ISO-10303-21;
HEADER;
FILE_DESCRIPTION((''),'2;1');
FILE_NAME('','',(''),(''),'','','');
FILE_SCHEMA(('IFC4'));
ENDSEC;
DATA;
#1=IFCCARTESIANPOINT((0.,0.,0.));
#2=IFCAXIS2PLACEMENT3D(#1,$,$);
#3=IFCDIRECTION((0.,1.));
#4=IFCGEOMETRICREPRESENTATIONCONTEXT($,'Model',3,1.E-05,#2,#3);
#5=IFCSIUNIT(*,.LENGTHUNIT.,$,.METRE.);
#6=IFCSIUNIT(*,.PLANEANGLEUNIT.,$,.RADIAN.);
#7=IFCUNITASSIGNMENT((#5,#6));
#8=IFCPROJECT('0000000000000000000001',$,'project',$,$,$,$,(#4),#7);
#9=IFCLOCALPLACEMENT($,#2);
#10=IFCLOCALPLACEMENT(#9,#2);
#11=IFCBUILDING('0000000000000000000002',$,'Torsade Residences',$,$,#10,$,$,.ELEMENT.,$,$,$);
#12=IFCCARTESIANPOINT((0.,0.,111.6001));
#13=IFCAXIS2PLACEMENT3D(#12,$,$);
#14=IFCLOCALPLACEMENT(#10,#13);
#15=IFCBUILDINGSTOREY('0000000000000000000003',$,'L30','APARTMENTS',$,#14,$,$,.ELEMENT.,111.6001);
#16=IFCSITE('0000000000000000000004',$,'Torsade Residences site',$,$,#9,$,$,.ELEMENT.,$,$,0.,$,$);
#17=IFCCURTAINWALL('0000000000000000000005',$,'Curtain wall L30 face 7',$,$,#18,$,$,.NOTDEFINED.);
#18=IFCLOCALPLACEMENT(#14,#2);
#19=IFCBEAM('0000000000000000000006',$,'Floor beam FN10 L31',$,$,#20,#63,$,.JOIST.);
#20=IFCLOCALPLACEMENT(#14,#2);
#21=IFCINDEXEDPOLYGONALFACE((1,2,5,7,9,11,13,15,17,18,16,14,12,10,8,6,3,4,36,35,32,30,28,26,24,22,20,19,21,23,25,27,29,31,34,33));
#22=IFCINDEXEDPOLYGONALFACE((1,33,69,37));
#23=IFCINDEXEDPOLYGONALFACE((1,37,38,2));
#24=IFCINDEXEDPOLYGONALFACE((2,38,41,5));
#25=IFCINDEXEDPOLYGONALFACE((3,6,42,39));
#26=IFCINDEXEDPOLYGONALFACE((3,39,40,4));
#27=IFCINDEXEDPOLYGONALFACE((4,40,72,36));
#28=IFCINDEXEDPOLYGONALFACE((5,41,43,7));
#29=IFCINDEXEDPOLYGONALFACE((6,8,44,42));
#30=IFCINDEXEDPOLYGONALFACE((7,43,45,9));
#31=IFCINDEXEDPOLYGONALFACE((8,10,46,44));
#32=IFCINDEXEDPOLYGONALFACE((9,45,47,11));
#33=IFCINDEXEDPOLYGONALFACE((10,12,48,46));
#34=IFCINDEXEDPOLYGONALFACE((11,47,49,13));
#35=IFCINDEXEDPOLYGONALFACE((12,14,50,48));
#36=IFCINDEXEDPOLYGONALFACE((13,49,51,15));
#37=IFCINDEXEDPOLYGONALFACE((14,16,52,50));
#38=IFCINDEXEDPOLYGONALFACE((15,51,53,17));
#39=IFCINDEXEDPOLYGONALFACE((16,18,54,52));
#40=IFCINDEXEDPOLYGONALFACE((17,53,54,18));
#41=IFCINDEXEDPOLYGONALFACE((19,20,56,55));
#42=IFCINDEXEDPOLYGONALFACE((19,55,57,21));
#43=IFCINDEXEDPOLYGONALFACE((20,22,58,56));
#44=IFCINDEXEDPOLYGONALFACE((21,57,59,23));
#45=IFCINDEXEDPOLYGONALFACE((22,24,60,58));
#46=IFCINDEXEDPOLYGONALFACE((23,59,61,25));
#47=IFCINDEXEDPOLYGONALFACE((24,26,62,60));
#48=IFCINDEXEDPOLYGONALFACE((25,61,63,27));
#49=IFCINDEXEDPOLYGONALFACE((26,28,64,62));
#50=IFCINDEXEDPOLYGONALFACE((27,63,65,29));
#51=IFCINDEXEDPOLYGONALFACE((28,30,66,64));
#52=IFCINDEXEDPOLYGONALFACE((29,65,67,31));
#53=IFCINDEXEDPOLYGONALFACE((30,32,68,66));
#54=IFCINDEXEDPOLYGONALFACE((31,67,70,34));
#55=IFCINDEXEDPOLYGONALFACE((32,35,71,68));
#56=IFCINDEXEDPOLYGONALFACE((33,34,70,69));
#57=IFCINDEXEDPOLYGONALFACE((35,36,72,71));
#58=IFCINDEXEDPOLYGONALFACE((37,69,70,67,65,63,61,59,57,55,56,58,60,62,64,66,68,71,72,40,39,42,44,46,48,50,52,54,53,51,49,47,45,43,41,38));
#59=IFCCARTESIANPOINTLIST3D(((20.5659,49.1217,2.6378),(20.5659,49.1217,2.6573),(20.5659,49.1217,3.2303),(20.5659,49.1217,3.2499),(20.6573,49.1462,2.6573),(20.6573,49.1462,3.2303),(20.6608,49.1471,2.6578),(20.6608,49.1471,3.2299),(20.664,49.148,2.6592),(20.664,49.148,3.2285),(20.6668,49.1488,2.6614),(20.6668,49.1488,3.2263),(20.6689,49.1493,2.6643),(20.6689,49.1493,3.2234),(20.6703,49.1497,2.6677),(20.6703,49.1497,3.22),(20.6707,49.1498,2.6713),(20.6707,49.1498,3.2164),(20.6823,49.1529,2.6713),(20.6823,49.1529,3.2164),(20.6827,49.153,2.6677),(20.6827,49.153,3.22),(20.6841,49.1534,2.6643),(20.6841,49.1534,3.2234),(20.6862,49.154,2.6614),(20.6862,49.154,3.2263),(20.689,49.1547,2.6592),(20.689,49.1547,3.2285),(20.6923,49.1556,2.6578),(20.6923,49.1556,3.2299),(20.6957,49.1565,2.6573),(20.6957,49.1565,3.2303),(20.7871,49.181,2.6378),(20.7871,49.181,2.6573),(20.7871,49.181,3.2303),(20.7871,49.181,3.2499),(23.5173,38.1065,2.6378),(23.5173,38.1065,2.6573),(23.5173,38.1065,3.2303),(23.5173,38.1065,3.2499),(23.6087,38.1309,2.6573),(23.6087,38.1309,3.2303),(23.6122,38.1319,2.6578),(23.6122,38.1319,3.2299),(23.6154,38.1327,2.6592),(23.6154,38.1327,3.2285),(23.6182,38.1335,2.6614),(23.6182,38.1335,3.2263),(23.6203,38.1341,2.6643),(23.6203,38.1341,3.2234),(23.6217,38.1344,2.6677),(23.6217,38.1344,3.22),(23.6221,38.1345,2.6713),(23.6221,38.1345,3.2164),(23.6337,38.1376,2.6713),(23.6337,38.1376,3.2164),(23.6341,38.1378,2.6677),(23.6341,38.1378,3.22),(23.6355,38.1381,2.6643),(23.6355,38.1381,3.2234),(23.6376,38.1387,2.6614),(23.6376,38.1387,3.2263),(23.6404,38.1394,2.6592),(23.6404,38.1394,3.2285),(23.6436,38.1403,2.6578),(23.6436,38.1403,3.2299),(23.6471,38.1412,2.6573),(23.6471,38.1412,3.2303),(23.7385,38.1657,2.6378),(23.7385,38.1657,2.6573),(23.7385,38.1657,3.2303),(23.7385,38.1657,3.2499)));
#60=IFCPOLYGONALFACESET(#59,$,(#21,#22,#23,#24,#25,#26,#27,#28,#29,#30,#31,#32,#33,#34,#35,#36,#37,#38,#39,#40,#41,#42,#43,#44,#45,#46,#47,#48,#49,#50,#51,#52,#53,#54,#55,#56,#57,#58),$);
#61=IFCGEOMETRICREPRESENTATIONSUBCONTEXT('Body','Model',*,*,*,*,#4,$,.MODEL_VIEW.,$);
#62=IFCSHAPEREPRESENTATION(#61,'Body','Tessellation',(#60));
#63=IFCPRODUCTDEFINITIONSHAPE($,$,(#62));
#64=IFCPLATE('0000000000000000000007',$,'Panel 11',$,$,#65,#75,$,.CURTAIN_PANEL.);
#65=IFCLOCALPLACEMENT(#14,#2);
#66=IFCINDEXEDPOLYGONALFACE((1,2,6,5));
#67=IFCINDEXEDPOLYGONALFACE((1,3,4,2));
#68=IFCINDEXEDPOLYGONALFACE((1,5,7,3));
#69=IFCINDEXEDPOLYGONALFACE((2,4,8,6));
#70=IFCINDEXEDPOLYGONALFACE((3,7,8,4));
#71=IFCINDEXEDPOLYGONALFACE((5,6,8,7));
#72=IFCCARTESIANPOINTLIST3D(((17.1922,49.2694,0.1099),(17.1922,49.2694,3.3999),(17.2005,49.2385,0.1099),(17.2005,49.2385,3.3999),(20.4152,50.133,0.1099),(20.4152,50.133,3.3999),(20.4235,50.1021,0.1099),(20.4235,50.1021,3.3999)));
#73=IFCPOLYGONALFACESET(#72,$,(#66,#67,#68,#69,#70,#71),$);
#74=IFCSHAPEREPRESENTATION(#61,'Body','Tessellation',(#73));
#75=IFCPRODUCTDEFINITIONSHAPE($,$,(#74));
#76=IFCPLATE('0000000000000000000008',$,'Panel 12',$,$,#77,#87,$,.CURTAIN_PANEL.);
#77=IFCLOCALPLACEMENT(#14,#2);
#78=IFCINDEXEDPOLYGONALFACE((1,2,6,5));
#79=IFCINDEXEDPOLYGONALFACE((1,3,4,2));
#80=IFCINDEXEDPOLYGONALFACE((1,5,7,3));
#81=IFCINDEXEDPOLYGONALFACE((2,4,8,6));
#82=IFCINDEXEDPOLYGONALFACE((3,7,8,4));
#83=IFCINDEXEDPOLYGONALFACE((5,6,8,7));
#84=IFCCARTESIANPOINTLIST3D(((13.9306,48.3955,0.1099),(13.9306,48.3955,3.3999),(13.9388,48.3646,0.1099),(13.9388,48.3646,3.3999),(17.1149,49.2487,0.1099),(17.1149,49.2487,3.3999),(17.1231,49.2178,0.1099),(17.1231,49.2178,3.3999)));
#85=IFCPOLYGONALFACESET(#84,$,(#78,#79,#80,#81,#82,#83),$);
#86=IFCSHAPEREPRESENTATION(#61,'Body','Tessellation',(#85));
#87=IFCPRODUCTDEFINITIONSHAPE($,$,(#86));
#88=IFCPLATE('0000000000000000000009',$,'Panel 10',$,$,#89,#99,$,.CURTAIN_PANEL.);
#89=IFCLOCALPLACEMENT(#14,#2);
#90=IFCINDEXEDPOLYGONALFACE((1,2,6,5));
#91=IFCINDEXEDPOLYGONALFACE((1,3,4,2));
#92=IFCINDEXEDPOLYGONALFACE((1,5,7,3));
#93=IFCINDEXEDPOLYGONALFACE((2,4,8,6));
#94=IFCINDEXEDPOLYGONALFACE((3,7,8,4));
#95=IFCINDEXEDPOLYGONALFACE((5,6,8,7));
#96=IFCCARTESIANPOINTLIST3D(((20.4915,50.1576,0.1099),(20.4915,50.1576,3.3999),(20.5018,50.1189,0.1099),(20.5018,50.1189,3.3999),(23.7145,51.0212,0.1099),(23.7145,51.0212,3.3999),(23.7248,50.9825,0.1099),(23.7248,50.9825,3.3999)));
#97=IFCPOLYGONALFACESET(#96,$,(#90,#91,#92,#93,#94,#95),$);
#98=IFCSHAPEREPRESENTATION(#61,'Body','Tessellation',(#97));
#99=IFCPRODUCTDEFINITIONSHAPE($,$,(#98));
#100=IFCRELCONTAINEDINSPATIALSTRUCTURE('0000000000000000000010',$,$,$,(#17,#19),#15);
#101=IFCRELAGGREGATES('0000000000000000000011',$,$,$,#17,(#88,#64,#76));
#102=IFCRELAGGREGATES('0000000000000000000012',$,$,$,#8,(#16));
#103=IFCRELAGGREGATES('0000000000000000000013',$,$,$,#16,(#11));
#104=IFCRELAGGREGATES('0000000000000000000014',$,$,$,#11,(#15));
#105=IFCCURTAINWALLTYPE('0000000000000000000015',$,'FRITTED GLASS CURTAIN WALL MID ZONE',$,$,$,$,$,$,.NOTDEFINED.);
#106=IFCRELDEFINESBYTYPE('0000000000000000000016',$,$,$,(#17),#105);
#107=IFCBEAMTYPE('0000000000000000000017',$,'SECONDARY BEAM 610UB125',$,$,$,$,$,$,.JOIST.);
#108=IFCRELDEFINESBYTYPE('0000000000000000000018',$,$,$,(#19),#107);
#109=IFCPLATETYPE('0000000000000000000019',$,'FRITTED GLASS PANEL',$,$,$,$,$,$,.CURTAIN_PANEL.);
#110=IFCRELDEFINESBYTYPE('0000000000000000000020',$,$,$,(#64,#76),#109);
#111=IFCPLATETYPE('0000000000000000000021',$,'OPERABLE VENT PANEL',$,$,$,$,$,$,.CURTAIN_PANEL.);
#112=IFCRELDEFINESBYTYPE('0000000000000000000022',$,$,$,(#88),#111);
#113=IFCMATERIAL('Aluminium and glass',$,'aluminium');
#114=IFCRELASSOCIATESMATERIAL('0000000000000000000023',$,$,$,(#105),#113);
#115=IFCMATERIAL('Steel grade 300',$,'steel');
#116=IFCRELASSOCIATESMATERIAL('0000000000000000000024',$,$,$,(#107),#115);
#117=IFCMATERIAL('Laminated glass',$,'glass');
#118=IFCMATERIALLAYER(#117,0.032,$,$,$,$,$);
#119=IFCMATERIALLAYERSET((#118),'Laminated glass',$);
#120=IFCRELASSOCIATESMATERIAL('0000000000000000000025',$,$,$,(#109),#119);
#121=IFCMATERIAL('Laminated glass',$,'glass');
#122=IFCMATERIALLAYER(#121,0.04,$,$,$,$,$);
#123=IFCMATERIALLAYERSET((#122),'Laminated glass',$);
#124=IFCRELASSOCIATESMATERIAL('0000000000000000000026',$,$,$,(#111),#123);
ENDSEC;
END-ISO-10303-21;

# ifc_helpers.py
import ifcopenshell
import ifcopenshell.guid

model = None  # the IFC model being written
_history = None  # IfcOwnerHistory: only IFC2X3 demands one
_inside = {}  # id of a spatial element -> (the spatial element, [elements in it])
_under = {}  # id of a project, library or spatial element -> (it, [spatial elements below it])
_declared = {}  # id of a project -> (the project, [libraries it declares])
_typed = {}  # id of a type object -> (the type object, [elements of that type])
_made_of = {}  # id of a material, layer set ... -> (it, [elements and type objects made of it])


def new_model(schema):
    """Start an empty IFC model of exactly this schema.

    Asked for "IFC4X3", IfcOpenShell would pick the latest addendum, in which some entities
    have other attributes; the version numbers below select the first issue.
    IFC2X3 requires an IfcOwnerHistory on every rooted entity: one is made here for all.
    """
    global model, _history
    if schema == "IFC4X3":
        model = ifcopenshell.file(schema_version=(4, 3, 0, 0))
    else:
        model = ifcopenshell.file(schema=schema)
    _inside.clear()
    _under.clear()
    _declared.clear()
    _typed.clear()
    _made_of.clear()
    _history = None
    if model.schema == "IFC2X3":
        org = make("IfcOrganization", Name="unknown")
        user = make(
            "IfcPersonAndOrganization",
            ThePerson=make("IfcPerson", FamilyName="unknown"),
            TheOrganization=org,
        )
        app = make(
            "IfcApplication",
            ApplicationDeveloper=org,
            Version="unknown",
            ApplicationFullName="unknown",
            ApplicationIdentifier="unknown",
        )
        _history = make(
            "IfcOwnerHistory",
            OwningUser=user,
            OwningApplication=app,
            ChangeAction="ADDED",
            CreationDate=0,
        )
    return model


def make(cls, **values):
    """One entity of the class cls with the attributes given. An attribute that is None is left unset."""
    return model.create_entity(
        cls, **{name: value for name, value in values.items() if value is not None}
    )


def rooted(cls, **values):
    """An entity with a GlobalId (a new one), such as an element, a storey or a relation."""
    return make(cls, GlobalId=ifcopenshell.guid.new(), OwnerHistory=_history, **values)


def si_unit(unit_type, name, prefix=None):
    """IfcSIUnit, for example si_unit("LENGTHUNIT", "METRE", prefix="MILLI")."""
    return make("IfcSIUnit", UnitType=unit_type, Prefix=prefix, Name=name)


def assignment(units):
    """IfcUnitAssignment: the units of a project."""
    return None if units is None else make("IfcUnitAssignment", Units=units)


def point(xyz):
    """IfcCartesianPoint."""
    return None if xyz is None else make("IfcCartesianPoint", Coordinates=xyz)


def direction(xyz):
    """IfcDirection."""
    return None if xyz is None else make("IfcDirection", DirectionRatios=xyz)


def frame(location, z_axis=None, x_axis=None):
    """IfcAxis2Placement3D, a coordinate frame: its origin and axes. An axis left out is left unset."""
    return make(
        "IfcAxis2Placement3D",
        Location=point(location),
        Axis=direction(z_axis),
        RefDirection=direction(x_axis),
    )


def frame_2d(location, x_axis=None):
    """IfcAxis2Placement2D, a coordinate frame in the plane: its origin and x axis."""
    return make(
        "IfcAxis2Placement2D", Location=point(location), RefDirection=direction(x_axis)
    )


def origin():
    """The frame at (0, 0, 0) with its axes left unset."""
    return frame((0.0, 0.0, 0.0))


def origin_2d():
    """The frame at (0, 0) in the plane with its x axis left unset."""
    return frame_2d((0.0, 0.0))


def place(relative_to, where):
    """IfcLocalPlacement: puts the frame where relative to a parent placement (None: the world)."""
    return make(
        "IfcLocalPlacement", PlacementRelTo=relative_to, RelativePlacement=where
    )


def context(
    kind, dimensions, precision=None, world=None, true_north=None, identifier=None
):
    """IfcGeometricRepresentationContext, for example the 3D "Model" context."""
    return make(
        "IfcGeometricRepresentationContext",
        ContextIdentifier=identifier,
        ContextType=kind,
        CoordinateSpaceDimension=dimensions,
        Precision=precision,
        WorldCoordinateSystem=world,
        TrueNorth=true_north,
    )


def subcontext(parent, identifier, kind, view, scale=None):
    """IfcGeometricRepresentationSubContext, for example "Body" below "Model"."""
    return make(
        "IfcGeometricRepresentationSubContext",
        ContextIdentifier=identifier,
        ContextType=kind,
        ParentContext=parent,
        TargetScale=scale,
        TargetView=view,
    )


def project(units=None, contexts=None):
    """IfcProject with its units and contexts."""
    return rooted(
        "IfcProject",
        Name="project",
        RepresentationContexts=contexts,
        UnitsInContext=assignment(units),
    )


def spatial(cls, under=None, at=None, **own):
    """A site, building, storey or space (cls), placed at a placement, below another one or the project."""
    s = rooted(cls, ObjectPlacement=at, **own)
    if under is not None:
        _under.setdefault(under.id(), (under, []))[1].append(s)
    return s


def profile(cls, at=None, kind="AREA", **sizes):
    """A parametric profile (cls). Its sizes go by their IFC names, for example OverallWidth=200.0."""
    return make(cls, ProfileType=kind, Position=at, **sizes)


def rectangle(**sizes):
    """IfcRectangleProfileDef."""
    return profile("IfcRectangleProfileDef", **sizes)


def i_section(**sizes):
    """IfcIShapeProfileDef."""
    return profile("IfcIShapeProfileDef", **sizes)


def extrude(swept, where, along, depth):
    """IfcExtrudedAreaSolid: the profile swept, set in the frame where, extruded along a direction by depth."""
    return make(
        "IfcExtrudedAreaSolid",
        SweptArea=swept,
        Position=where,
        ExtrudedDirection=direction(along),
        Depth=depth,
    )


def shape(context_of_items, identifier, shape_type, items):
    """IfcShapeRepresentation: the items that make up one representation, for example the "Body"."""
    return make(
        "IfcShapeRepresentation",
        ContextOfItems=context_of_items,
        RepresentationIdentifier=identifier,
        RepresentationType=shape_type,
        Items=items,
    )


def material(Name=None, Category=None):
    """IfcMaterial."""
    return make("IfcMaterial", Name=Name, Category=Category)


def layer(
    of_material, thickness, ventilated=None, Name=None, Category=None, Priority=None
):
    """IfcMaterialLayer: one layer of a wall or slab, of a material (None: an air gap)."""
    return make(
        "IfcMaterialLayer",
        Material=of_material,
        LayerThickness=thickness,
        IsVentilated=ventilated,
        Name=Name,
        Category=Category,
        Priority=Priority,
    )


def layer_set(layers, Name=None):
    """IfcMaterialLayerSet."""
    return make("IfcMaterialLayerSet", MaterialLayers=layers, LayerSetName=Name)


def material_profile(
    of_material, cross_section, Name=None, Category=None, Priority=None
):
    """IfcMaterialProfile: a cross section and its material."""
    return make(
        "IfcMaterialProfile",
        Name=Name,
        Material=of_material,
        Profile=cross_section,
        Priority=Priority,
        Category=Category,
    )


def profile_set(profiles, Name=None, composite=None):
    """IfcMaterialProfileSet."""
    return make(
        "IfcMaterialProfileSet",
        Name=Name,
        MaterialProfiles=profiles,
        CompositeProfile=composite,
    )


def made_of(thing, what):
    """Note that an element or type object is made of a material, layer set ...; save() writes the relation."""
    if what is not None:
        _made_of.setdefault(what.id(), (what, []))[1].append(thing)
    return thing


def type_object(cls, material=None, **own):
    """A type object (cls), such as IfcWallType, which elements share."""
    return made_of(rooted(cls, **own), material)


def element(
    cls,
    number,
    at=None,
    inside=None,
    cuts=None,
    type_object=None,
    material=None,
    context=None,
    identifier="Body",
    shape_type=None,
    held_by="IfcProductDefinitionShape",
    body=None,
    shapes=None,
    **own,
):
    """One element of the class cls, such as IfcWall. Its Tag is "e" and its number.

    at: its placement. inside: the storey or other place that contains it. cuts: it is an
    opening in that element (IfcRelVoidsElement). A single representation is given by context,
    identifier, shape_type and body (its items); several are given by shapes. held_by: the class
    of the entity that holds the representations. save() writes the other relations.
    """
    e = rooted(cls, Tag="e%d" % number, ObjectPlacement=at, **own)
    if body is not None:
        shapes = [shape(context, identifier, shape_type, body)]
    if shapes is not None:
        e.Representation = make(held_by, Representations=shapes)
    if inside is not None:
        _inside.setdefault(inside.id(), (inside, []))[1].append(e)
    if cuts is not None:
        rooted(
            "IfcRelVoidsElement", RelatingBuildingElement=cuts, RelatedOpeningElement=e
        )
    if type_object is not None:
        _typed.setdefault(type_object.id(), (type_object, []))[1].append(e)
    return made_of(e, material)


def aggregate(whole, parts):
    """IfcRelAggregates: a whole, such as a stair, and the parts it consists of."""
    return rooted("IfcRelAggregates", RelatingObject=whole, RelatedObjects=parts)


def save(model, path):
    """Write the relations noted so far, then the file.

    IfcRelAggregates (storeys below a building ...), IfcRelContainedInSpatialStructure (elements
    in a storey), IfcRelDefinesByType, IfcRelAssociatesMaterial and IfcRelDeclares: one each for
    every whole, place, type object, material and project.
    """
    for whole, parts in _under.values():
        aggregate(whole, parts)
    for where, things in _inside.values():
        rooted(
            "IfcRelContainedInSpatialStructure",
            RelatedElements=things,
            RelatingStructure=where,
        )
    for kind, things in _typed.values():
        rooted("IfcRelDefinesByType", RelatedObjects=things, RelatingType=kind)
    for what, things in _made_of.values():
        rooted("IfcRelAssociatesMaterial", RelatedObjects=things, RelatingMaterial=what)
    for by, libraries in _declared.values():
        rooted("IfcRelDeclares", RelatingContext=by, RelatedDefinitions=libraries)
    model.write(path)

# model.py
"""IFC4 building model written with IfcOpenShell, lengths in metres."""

from ifc_helpers import new_model, si_unit, direction, frame, origin, origin_2d, place, context, subcontext, project, spatial, rectangle, i_section, extrude, material, layer, layer_set, material_profile, profile_set, type_object, element, aggregate, save


model = new_model("IFC4")

# Units and contexts
model_context = context("Model", 3, precision=1e-05, world=origin(), true_north=direction((0.0, 1.0)))
body_context = subcontext(model_context, "Body", "Model", "MODEL_VIEW")
ifc_project = project(units=[si_unit("LENGTHUNIT", "METRE"), si_unit("PLANEANGLEUNIT", "RADIAN")], contexts=[model_context])

# Site, building, storey
site_placement = place(None, origin())
site = spatial("IfcSite", under=ifc_project, at=site_placement, Name="Torsade Residences site", CompositionType="ELEMENT", RefElevation=0.0)
building_placement = place(site_placement, origin())
building = spatial("IfcBuilding", under=site, at=building_placement, Name="Torsade Residences", CompositionType="ELEMENT")
storey_placement = place(building_placement, frame((0.0, 0.0, 111.6001)))
storey = spatial("IfcBuildingStorey", under=building, at=storey_placement, Name="L30", Description="APARTMENTS", CompositionType="ELEMENT", Elevation=111.6001)

# Curtain wall
ifc_material_1 = material(Name="Aluminium and glass", Category="aluminium")
curtain_wall_type = type_object("IfcCurtainWallType", Name="FRITTED GLASS CURTAIN WALL MID ZONE", PredefinedType="NOTDEFINED", material=ifc_material_1)
curtain_wall_placement = place(storey_placement, origin())
curtain_wall = element("IfcCurtainWall", 1, at=curtain_wall_placement, inside=storey, type_object=curtain_wall_type, Name="Curtain wall L30 face 7", PredefinedType="NOTDEFINED")

# Beam
ifc_material_2 = material(Name="Steel grade 300", Category="steel")
ifc_material_profile_1 = material_profile(ifc_material_2, i_section(OverallWidth=0.229, OverallDepth=0.6121, WebThickness=0.012, FlangeThickness=0.0195, FilletRadius=0.0139, at=origin_2d()), Name="610UB125")
ifc_profile_set_1 = profile_set([ifc_material_profile_1], Name="Steel grade 300")
beam_type_1 = type_object("IfcBeamType", Name="SECONDARY BEAM 610UB125", PredefinedType="JOIST", material=ifc_profile_set_1)
beam_1_placement = place(storey_placement, frame((20.6765, 49.1514, 2.9438), z_axis=(0.258807, -0.965929, 0.0), x_axis=(0.965929, 0.258807, 0.0)))
element("IfcBeam", 2, at=beam_1_placement, inside=storey, type_object=beam_type_1, Name="Floor beam FN10 L31", PredefinedType="JOIST", context=body_context, shape_type="SweptSolid", body=[
    extrude(i_section(OverallWidth=0.229, OverallDepth=0.6121, WebThickness=0.012, FlangeThickness=0.0195, FilletRadius=0.0139, at=origin_2d()), origin(), (0.0, 0.0, 1.0), 11.4038),
])

# Plates
ifc_material_3 = material(Name="Laminated glass", Category="glass")
ifc_layer_1 = layer(ifc_material_3, 0.032)
ifc_layer_set_1 = layer_set([ifc_layer_1], Name="Laminated glass")
plate_type_1 = type_object("IfcPlateType", Name="FRITTED GLASS PANEL", PredefinedType="CURTAIN_PANEL", material=ifc_layer_set_1)
plate_1_placement = place(storey_placement, frame((18.8079, 49.6858, 0.1099), z_axis=(0.0, 0.0, 1.0), x_axis=(-0.965926, -0.258819, 0.0)))
plate_1 = element("IfcPlate", 3, at=plate_1_placement, type_object=plate_type_1, Name="Panel 11", PredefinedType="CURTAIN_PANEL", context=body_context, shape_type="SweptSolid", body=[
    extrude(rectangle(XDim=3.3367, YDim=0.032, at=origin_2d()), origin(), (0.0, 0.0, 1.0), 3.29),
])
plate_2_placement = place(storey_placement, frame((15.5269, 48.8066, 0.1099), z_axis=(0.0, 0.0, 1.0), x_axis=(-0.965926, -0.258819, 0.0)))
plate_2 = element("IfcPlate", 4, at=plate_2_placement, type_object=plate_type_1, Name="Panel 12", PredefinedType="CURTAIN_PANEL", context=body_context, shape_type="SweptSolid", body=[
    extrude(rectangle(XDim=3.2966, YDim=0.032, at=origin_2d()), origin(), (0.0, 0.0, 1.0), 3.29),
])
ifc_material_4 = material(Name="Laminated glass", Category="glass")
ifc_layer_2 = layer(ifc_material_4, 0.04)
ifc_layer_set_2 = layer_set([ifc_layer_2], Name="Laminated glass")
plate_type_2 = type_object("IfcPlateType", Name="OPERABLE VENT PANEL", PredefinedType="CURTAIN_PANEL", material=ifc_layer_set_2)
plate_3_placement = place(storey_placement, frame((22.1082, 50.5701, 0.1099), z_axis=(0.0, 0.0, 1.0), x_axis=(-0.965926, -0.258819, 0.0)))
plate_3 = element("IfcPlate", 5, at=plate_3_placement, type_object=plate_type_2, Name="Panel 10", PredefinedType="CURTAIN_PANEL", context=body_context, shape_type="SweptSolid", body=[
    extrude(rectangle(XDim=3.3367, YDim=0.04, at=origin_2d()), origin(), (0.0, 0.0, 1.0), 3.29),
])
aggregate(curtain_wall, [plate_3, plate_1, plate_2])

save(model, "model.ifc")
